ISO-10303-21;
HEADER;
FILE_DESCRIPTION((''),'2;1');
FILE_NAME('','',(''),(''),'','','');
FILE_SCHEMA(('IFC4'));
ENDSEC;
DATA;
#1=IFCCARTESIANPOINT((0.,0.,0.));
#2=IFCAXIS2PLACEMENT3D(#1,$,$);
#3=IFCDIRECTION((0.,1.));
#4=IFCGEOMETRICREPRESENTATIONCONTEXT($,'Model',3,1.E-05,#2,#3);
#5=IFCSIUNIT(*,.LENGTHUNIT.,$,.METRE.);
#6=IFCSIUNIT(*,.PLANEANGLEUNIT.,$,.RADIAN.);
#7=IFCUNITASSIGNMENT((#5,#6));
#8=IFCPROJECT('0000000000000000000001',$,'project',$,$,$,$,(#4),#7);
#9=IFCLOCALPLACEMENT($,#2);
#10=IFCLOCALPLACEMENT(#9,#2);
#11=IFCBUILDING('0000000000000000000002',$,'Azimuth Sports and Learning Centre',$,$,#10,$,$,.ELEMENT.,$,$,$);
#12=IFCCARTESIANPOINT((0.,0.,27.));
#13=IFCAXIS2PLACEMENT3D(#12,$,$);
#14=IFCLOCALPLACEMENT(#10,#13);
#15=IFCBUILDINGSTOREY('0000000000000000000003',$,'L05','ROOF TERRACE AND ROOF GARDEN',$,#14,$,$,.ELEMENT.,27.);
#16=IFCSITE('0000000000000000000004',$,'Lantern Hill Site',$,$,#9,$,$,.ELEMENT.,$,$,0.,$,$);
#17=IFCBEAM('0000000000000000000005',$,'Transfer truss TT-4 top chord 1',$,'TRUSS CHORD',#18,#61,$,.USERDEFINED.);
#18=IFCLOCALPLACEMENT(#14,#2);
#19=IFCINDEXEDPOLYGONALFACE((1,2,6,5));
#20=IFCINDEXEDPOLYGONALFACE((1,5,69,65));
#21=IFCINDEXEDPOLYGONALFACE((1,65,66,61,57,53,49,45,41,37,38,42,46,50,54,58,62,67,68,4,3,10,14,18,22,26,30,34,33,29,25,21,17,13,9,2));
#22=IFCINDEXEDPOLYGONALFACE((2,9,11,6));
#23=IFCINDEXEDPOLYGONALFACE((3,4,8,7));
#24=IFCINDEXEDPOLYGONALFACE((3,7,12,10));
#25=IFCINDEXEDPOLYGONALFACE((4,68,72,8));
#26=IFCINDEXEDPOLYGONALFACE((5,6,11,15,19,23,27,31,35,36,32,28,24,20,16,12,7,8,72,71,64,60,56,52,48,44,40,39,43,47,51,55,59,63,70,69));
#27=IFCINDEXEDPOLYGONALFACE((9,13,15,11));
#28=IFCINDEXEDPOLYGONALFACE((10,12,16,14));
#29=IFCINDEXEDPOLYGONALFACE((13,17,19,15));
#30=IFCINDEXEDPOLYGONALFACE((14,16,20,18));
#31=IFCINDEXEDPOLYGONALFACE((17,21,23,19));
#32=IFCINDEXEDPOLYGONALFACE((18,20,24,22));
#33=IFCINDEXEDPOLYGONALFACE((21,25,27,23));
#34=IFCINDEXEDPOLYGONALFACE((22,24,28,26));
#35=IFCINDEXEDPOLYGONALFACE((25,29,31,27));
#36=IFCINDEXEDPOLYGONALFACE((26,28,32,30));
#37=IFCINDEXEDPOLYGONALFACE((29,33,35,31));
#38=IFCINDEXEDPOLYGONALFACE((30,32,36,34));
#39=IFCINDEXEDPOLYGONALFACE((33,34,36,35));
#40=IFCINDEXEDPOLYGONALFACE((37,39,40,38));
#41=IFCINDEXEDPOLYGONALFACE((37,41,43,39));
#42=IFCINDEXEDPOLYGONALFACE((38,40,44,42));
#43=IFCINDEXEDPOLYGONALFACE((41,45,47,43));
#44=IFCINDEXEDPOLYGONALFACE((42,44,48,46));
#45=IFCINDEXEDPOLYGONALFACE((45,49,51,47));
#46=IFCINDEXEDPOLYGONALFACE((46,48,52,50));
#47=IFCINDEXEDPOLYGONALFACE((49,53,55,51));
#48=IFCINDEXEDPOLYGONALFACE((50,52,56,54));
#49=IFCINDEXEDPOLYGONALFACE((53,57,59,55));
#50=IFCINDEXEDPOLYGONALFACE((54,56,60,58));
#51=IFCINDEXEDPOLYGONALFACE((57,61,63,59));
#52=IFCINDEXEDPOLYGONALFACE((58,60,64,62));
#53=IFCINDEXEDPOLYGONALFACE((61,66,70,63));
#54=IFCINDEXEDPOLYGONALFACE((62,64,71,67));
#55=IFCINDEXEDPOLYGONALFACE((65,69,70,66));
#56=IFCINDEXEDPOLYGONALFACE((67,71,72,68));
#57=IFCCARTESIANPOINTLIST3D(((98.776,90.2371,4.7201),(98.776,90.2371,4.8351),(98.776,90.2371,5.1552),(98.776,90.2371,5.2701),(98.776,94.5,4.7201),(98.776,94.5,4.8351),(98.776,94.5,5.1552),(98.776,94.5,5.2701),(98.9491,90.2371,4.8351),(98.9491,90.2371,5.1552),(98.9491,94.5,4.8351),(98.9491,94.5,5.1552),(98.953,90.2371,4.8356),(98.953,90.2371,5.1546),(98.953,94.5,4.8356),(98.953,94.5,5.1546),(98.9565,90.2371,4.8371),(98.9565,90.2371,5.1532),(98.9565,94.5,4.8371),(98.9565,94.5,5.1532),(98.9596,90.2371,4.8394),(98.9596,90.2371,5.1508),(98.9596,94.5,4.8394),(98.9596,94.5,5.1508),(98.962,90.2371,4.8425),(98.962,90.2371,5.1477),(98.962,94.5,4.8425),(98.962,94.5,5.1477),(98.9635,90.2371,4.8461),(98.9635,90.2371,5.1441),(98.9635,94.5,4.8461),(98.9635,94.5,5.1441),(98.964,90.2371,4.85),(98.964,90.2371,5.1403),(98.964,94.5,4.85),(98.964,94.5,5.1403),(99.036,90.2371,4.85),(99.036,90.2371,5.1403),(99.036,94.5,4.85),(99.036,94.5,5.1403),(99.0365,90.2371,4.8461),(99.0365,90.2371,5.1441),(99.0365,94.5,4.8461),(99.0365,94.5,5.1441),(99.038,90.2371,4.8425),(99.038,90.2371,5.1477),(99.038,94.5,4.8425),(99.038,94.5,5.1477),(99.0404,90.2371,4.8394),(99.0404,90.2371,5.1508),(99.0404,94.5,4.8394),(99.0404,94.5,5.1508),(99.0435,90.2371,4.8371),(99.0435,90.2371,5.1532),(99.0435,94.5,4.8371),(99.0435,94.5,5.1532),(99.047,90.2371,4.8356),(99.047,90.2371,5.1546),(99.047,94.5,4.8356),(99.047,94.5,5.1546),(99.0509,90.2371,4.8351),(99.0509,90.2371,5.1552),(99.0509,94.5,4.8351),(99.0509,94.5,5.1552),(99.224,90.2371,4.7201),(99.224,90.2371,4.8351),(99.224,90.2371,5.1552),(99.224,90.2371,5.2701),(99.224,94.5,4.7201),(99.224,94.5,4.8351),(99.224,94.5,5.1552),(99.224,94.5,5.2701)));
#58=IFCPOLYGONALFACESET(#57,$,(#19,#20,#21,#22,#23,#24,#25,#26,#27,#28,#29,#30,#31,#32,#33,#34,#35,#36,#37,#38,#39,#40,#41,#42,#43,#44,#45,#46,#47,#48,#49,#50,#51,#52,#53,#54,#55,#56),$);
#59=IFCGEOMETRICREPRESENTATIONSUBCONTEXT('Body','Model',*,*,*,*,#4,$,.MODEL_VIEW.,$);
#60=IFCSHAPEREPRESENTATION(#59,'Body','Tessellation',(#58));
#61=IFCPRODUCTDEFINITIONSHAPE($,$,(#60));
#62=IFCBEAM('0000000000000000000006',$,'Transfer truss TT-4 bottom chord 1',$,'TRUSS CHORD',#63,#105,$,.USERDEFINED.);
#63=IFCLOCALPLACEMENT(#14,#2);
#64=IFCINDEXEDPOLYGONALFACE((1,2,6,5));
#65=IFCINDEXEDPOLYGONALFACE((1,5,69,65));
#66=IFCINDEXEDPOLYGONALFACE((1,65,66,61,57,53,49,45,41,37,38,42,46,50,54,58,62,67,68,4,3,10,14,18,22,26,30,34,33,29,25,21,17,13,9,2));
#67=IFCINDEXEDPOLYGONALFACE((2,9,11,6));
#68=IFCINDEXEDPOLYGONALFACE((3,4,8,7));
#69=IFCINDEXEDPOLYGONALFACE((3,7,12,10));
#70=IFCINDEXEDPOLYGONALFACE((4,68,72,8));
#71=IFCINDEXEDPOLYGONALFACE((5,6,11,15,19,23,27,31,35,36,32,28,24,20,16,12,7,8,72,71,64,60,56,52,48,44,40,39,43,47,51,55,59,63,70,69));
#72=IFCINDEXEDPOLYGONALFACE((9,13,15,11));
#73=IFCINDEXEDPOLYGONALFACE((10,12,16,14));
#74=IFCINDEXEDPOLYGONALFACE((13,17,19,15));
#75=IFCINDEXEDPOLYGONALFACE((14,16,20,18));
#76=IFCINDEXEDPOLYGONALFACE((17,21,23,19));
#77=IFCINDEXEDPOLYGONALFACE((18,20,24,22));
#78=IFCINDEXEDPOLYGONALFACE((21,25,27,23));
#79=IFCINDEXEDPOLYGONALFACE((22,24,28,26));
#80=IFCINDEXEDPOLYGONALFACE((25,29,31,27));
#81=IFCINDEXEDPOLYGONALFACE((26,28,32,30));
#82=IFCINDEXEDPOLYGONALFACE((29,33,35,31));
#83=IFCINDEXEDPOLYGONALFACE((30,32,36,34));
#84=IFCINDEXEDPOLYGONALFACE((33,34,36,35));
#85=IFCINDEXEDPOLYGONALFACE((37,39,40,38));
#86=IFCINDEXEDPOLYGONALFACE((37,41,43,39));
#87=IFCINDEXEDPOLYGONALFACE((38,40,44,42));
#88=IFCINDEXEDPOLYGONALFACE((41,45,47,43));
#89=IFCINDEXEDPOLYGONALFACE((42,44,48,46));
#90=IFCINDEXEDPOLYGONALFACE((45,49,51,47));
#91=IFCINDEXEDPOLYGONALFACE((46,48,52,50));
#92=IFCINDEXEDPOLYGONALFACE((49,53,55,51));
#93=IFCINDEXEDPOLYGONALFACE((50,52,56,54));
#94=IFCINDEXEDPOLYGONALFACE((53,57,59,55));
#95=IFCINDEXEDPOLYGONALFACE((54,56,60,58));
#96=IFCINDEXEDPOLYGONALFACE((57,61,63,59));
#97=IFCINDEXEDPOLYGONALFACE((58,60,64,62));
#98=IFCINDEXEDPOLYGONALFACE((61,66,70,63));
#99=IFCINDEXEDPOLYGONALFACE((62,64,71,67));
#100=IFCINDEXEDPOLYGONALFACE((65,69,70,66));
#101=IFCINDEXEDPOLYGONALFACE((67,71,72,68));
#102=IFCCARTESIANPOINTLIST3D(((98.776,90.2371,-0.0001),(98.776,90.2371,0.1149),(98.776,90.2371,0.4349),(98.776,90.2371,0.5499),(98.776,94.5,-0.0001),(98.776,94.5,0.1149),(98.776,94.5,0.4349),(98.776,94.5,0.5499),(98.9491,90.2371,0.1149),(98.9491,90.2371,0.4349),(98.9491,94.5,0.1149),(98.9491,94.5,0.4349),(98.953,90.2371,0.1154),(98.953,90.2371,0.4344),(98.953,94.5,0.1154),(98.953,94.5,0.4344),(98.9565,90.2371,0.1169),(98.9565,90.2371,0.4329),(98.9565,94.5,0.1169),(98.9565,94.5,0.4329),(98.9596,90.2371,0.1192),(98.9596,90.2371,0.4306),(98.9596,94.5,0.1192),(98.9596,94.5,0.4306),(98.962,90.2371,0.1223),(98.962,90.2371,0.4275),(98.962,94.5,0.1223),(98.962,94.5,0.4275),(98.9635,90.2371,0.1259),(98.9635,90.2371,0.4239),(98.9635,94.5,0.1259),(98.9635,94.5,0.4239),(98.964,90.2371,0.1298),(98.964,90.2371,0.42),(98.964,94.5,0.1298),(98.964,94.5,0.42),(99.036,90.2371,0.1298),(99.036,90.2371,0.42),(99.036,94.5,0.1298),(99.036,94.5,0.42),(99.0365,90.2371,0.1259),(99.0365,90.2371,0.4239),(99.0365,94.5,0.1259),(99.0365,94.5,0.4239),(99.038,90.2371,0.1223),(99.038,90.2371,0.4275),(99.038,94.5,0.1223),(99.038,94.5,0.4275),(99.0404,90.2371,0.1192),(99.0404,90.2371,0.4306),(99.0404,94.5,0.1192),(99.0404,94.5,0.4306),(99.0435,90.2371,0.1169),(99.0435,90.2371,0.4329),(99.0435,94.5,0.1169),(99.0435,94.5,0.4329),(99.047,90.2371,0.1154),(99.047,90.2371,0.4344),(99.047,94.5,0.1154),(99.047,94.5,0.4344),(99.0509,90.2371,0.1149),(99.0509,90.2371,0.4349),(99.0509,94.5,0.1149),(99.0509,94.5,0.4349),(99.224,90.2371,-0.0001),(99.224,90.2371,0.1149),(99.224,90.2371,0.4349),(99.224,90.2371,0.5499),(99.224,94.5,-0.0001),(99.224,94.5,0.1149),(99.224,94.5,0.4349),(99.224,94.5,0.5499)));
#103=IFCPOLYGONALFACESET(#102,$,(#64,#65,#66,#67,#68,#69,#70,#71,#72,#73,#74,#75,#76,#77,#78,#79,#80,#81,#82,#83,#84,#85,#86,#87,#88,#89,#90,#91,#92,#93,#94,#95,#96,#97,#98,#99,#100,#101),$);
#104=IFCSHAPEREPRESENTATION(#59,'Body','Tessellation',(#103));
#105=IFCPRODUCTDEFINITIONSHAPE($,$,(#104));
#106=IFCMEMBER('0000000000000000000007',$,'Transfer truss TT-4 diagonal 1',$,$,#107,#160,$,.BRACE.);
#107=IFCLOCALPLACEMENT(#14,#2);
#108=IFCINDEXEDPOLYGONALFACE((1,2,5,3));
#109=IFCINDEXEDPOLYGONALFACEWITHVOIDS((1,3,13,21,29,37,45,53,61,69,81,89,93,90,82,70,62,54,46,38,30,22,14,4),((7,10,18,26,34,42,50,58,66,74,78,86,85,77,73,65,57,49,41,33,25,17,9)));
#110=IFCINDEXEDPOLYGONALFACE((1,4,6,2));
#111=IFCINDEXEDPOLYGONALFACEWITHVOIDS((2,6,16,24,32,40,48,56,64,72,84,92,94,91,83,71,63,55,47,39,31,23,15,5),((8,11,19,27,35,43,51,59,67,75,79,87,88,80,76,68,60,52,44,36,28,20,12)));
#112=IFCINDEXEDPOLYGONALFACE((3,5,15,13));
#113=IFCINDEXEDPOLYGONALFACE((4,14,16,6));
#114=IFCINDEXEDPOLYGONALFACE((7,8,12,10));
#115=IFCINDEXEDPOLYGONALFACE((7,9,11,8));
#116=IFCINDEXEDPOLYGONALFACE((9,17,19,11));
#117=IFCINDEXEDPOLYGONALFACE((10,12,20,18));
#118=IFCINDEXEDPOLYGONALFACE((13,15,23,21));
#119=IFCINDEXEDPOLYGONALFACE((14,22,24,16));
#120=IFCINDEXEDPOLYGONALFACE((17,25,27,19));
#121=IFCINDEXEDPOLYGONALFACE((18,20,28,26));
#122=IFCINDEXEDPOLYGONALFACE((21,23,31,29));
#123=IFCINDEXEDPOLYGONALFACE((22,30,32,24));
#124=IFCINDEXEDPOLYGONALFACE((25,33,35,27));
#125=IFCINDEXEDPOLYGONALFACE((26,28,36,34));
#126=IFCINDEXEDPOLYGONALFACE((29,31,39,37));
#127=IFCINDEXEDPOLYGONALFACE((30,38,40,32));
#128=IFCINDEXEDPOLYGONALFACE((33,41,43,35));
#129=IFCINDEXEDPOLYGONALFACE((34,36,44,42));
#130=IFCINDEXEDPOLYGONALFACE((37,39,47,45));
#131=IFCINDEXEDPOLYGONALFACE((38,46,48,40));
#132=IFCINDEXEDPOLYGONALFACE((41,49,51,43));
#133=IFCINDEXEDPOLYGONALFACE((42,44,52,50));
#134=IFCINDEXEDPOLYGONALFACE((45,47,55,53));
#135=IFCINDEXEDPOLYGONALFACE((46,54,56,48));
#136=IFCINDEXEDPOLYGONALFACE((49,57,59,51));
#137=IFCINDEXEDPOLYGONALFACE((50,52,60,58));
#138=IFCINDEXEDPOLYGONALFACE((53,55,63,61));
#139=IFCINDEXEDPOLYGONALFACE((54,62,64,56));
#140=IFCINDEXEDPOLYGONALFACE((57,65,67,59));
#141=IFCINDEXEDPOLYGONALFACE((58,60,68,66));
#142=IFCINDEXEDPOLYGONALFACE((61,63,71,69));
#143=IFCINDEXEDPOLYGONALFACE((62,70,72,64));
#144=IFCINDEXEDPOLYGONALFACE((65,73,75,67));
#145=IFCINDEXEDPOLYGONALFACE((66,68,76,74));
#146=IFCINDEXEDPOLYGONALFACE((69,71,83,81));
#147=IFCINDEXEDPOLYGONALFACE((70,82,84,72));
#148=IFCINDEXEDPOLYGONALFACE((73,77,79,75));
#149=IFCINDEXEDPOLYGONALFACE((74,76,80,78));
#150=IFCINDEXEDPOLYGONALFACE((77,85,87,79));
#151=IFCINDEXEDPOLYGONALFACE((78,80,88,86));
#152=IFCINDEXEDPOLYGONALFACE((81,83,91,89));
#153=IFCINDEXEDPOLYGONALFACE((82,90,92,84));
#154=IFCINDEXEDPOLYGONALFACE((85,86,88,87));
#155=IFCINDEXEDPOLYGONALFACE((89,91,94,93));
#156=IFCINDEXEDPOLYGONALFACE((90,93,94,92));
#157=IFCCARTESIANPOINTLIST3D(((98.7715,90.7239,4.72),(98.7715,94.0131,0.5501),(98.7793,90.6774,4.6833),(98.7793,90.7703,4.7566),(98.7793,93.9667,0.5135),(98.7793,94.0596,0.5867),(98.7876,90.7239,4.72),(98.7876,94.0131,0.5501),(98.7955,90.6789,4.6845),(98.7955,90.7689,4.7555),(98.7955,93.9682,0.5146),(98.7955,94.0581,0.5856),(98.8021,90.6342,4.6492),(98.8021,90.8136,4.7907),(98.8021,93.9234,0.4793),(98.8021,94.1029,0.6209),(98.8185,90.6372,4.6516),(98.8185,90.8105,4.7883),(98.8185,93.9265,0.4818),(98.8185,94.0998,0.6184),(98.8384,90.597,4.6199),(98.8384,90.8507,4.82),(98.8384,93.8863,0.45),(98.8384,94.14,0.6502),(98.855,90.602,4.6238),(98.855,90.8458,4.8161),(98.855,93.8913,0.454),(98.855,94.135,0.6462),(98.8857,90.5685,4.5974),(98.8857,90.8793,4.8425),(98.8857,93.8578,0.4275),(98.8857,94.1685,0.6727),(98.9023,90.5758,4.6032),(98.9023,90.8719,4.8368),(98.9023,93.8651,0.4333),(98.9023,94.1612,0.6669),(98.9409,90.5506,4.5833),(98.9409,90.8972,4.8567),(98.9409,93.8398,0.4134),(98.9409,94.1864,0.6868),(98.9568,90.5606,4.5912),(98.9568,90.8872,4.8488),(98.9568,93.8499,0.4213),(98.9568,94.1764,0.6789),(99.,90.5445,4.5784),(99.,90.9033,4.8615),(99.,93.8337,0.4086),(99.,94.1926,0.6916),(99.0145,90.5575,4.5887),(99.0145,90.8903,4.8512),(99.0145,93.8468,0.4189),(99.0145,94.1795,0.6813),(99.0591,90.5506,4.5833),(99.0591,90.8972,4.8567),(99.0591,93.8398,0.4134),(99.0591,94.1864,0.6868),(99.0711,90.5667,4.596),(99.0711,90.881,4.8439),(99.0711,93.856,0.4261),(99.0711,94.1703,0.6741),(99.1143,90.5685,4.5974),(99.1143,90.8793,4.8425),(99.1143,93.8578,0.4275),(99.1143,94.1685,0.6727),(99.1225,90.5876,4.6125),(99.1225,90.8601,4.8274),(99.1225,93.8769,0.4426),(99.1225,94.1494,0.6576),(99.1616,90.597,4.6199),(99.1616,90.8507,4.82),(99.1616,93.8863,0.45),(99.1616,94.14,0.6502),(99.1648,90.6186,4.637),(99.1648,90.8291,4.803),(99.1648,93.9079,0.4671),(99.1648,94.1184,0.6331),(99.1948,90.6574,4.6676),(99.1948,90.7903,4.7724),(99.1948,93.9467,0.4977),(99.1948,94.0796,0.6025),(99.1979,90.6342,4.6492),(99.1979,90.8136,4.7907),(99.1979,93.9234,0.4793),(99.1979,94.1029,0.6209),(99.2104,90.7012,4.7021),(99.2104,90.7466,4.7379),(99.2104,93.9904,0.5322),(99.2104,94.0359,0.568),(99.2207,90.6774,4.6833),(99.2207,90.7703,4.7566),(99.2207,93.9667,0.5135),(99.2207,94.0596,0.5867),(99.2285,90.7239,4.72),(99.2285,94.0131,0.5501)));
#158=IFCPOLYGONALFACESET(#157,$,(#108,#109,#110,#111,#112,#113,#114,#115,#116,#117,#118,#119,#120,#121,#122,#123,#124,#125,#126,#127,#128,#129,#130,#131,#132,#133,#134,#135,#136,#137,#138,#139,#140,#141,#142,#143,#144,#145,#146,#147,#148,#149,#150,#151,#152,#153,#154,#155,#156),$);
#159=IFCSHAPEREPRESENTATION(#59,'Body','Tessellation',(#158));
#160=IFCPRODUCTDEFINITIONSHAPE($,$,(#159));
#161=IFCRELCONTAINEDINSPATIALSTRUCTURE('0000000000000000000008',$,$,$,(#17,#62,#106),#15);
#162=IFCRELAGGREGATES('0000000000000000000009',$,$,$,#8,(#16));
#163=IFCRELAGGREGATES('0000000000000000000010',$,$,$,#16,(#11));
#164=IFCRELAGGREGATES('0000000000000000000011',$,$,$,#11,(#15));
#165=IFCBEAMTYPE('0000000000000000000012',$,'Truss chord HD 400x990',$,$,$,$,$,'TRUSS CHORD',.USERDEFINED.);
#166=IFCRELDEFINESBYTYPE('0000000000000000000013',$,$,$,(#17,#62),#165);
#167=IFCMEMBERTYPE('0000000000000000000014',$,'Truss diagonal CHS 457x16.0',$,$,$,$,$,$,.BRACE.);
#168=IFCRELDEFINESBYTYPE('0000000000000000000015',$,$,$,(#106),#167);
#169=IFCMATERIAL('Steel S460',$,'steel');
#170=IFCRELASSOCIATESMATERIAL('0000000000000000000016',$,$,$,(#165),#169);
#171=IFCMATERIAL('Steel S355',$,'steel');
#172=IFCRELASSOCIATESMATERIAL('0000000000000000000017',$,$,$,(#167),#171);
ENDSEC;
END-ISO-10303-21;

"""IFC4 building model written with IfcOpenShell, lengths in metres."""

from ifc_helpers import new_model, si_unit, direction, frame, origin, origin_2d, place, context, subcontext, project, spatial, hollow_circle, i_section, extrude, material, material_profile, profile_set, type_object, element, save


model = new_model("IFC4")

# Units and contexts
model_context = context("Model", 3, precision=1e-05, world=origin(), true_north=direction((0.0, 1.0)))
body_context = subcontext(model_context, "Body", "Model", "MODEL_VIEW")
ifc_project = project(units=[si_unit("LENGTHUNIT", "METRE"), si_unit("PLANEANGLEUNIT", "RADIAN")], contexts=[model_context])

# Site, building, storey
site_placement = place(None, origin())
site = spatial("IfcSite", under=ifc_project, at=site_placement, Name="Lantern Hill Site", CompositionType="ELEMENT", RefElevation=0.0)
building_placement = place(site_placement, origin())
building = spatial("IfcBuilding", under=site, at=building_placement, Name="Azimuth Sports and Learning Centre", CompositionType="ELEMENT")
storey_placement = place(building_placement, frame((0.0, 0.0, 27.0)))
storey = spatial("IfcBuildingStorey", under=building, at=storey_placement, Name="L05", Description="ROOF TERRACE AND ROOF GARDEN", CompositionType="ELEMENT", Elevation=27.0)

# Beams
ifc_material_1 = material(Name="Steel S460", Category="steel")
ifc_material_profile_1 = material_profile(ifc_material_1, i_section(OverallWidth=0.448, OverallDepth=0.55, WebThickness=0.072, FlangeThickness=0.115, FilletRadius=0.0149, at=origin_2d()), Name="HD 400x990")
ifc_profile_set_1 = profile_set([ifc_material_profile_1], Name="Steel S460")
beam_type_1 = type_object("IfcBeamType", Name="Truss chord HD 400x990", ElementType="TRUSS CHORD", PredefinedType="USERDEFINED", material=ifc_profile_set_1)
for number, where, z_axis, x_axis, name in (
    (1, (99.0, 90.2371, 4.9951), (0.0, 1.0, 0.0), (-1.0, 0.0, 0.0), "Transfer truss TT-4 top chord 1"),
    (2, (99.0, 90.2371, 0.2749), (0.0, 1.0, 0.0), (-1.0, 0.0, 0.0), "Transfer truss TT-4 bottom chord 1"),
):
    element("IfcBeam", number, at=place(storey_placement, frame(where, z_axis=z_axis, x_axis=x_axis)), inside=storey, type_object=beam_type_1, Name=name, ObjectType="TRUSS CHORD", PredefinedType="USERDEFINED", context=body_context, shape_type="SweptSolid", body=[
        extrude(i_section(OverallWidth=0.448, OverallDepth=0.55, WebThickness=0.072, FlangeThickness=0.115, FilletRadius=0.0149, at=origin_2d()), origin(), (0.0, 0.0, 1.0), 4.2629),
    ])

# Member
ifc_material_2 = material(Name="Steel S355", Category="steel")
ifc_material_profile_2 = material_profile(ifc_material_2, hollow_circle(Radius=0.2285, WallThickness=0.0161, at=origin_2d()), Name="CHS 457x16.0")
ifc_profile_set_2 = profile_set([ifc_material_profile_2], Name="Steel S355")
member_type_1 = type_object("IfcMemberType", Name="Truss diagonal CHS 457x16.0", PredefinedType="BRACE", material=ifc_profile_set_2)
member_1_placement = place(storey_placement, frame((99.0, 90.7239, 4.72), z_axis=(0.0, 0.619327, -0.785133), x_axis=(-1.0, 0.0, 0.0)))
element("IfcMember", 3, at=member_1_placement, inside=storey, type_object=member_type_1, Name="Transfer truss TT-4 diagonal 1", PredefinedType="BRACE", context=body_context, shape_type="SweptSolid", body=[
    extrude(hollow_circle(Radius=0.2285, WallThickness=0.0161, at=origin_2d()), origin(), (0.0, 0.0, 1.0), 5.311),
])

save(model, "model.ifc")
